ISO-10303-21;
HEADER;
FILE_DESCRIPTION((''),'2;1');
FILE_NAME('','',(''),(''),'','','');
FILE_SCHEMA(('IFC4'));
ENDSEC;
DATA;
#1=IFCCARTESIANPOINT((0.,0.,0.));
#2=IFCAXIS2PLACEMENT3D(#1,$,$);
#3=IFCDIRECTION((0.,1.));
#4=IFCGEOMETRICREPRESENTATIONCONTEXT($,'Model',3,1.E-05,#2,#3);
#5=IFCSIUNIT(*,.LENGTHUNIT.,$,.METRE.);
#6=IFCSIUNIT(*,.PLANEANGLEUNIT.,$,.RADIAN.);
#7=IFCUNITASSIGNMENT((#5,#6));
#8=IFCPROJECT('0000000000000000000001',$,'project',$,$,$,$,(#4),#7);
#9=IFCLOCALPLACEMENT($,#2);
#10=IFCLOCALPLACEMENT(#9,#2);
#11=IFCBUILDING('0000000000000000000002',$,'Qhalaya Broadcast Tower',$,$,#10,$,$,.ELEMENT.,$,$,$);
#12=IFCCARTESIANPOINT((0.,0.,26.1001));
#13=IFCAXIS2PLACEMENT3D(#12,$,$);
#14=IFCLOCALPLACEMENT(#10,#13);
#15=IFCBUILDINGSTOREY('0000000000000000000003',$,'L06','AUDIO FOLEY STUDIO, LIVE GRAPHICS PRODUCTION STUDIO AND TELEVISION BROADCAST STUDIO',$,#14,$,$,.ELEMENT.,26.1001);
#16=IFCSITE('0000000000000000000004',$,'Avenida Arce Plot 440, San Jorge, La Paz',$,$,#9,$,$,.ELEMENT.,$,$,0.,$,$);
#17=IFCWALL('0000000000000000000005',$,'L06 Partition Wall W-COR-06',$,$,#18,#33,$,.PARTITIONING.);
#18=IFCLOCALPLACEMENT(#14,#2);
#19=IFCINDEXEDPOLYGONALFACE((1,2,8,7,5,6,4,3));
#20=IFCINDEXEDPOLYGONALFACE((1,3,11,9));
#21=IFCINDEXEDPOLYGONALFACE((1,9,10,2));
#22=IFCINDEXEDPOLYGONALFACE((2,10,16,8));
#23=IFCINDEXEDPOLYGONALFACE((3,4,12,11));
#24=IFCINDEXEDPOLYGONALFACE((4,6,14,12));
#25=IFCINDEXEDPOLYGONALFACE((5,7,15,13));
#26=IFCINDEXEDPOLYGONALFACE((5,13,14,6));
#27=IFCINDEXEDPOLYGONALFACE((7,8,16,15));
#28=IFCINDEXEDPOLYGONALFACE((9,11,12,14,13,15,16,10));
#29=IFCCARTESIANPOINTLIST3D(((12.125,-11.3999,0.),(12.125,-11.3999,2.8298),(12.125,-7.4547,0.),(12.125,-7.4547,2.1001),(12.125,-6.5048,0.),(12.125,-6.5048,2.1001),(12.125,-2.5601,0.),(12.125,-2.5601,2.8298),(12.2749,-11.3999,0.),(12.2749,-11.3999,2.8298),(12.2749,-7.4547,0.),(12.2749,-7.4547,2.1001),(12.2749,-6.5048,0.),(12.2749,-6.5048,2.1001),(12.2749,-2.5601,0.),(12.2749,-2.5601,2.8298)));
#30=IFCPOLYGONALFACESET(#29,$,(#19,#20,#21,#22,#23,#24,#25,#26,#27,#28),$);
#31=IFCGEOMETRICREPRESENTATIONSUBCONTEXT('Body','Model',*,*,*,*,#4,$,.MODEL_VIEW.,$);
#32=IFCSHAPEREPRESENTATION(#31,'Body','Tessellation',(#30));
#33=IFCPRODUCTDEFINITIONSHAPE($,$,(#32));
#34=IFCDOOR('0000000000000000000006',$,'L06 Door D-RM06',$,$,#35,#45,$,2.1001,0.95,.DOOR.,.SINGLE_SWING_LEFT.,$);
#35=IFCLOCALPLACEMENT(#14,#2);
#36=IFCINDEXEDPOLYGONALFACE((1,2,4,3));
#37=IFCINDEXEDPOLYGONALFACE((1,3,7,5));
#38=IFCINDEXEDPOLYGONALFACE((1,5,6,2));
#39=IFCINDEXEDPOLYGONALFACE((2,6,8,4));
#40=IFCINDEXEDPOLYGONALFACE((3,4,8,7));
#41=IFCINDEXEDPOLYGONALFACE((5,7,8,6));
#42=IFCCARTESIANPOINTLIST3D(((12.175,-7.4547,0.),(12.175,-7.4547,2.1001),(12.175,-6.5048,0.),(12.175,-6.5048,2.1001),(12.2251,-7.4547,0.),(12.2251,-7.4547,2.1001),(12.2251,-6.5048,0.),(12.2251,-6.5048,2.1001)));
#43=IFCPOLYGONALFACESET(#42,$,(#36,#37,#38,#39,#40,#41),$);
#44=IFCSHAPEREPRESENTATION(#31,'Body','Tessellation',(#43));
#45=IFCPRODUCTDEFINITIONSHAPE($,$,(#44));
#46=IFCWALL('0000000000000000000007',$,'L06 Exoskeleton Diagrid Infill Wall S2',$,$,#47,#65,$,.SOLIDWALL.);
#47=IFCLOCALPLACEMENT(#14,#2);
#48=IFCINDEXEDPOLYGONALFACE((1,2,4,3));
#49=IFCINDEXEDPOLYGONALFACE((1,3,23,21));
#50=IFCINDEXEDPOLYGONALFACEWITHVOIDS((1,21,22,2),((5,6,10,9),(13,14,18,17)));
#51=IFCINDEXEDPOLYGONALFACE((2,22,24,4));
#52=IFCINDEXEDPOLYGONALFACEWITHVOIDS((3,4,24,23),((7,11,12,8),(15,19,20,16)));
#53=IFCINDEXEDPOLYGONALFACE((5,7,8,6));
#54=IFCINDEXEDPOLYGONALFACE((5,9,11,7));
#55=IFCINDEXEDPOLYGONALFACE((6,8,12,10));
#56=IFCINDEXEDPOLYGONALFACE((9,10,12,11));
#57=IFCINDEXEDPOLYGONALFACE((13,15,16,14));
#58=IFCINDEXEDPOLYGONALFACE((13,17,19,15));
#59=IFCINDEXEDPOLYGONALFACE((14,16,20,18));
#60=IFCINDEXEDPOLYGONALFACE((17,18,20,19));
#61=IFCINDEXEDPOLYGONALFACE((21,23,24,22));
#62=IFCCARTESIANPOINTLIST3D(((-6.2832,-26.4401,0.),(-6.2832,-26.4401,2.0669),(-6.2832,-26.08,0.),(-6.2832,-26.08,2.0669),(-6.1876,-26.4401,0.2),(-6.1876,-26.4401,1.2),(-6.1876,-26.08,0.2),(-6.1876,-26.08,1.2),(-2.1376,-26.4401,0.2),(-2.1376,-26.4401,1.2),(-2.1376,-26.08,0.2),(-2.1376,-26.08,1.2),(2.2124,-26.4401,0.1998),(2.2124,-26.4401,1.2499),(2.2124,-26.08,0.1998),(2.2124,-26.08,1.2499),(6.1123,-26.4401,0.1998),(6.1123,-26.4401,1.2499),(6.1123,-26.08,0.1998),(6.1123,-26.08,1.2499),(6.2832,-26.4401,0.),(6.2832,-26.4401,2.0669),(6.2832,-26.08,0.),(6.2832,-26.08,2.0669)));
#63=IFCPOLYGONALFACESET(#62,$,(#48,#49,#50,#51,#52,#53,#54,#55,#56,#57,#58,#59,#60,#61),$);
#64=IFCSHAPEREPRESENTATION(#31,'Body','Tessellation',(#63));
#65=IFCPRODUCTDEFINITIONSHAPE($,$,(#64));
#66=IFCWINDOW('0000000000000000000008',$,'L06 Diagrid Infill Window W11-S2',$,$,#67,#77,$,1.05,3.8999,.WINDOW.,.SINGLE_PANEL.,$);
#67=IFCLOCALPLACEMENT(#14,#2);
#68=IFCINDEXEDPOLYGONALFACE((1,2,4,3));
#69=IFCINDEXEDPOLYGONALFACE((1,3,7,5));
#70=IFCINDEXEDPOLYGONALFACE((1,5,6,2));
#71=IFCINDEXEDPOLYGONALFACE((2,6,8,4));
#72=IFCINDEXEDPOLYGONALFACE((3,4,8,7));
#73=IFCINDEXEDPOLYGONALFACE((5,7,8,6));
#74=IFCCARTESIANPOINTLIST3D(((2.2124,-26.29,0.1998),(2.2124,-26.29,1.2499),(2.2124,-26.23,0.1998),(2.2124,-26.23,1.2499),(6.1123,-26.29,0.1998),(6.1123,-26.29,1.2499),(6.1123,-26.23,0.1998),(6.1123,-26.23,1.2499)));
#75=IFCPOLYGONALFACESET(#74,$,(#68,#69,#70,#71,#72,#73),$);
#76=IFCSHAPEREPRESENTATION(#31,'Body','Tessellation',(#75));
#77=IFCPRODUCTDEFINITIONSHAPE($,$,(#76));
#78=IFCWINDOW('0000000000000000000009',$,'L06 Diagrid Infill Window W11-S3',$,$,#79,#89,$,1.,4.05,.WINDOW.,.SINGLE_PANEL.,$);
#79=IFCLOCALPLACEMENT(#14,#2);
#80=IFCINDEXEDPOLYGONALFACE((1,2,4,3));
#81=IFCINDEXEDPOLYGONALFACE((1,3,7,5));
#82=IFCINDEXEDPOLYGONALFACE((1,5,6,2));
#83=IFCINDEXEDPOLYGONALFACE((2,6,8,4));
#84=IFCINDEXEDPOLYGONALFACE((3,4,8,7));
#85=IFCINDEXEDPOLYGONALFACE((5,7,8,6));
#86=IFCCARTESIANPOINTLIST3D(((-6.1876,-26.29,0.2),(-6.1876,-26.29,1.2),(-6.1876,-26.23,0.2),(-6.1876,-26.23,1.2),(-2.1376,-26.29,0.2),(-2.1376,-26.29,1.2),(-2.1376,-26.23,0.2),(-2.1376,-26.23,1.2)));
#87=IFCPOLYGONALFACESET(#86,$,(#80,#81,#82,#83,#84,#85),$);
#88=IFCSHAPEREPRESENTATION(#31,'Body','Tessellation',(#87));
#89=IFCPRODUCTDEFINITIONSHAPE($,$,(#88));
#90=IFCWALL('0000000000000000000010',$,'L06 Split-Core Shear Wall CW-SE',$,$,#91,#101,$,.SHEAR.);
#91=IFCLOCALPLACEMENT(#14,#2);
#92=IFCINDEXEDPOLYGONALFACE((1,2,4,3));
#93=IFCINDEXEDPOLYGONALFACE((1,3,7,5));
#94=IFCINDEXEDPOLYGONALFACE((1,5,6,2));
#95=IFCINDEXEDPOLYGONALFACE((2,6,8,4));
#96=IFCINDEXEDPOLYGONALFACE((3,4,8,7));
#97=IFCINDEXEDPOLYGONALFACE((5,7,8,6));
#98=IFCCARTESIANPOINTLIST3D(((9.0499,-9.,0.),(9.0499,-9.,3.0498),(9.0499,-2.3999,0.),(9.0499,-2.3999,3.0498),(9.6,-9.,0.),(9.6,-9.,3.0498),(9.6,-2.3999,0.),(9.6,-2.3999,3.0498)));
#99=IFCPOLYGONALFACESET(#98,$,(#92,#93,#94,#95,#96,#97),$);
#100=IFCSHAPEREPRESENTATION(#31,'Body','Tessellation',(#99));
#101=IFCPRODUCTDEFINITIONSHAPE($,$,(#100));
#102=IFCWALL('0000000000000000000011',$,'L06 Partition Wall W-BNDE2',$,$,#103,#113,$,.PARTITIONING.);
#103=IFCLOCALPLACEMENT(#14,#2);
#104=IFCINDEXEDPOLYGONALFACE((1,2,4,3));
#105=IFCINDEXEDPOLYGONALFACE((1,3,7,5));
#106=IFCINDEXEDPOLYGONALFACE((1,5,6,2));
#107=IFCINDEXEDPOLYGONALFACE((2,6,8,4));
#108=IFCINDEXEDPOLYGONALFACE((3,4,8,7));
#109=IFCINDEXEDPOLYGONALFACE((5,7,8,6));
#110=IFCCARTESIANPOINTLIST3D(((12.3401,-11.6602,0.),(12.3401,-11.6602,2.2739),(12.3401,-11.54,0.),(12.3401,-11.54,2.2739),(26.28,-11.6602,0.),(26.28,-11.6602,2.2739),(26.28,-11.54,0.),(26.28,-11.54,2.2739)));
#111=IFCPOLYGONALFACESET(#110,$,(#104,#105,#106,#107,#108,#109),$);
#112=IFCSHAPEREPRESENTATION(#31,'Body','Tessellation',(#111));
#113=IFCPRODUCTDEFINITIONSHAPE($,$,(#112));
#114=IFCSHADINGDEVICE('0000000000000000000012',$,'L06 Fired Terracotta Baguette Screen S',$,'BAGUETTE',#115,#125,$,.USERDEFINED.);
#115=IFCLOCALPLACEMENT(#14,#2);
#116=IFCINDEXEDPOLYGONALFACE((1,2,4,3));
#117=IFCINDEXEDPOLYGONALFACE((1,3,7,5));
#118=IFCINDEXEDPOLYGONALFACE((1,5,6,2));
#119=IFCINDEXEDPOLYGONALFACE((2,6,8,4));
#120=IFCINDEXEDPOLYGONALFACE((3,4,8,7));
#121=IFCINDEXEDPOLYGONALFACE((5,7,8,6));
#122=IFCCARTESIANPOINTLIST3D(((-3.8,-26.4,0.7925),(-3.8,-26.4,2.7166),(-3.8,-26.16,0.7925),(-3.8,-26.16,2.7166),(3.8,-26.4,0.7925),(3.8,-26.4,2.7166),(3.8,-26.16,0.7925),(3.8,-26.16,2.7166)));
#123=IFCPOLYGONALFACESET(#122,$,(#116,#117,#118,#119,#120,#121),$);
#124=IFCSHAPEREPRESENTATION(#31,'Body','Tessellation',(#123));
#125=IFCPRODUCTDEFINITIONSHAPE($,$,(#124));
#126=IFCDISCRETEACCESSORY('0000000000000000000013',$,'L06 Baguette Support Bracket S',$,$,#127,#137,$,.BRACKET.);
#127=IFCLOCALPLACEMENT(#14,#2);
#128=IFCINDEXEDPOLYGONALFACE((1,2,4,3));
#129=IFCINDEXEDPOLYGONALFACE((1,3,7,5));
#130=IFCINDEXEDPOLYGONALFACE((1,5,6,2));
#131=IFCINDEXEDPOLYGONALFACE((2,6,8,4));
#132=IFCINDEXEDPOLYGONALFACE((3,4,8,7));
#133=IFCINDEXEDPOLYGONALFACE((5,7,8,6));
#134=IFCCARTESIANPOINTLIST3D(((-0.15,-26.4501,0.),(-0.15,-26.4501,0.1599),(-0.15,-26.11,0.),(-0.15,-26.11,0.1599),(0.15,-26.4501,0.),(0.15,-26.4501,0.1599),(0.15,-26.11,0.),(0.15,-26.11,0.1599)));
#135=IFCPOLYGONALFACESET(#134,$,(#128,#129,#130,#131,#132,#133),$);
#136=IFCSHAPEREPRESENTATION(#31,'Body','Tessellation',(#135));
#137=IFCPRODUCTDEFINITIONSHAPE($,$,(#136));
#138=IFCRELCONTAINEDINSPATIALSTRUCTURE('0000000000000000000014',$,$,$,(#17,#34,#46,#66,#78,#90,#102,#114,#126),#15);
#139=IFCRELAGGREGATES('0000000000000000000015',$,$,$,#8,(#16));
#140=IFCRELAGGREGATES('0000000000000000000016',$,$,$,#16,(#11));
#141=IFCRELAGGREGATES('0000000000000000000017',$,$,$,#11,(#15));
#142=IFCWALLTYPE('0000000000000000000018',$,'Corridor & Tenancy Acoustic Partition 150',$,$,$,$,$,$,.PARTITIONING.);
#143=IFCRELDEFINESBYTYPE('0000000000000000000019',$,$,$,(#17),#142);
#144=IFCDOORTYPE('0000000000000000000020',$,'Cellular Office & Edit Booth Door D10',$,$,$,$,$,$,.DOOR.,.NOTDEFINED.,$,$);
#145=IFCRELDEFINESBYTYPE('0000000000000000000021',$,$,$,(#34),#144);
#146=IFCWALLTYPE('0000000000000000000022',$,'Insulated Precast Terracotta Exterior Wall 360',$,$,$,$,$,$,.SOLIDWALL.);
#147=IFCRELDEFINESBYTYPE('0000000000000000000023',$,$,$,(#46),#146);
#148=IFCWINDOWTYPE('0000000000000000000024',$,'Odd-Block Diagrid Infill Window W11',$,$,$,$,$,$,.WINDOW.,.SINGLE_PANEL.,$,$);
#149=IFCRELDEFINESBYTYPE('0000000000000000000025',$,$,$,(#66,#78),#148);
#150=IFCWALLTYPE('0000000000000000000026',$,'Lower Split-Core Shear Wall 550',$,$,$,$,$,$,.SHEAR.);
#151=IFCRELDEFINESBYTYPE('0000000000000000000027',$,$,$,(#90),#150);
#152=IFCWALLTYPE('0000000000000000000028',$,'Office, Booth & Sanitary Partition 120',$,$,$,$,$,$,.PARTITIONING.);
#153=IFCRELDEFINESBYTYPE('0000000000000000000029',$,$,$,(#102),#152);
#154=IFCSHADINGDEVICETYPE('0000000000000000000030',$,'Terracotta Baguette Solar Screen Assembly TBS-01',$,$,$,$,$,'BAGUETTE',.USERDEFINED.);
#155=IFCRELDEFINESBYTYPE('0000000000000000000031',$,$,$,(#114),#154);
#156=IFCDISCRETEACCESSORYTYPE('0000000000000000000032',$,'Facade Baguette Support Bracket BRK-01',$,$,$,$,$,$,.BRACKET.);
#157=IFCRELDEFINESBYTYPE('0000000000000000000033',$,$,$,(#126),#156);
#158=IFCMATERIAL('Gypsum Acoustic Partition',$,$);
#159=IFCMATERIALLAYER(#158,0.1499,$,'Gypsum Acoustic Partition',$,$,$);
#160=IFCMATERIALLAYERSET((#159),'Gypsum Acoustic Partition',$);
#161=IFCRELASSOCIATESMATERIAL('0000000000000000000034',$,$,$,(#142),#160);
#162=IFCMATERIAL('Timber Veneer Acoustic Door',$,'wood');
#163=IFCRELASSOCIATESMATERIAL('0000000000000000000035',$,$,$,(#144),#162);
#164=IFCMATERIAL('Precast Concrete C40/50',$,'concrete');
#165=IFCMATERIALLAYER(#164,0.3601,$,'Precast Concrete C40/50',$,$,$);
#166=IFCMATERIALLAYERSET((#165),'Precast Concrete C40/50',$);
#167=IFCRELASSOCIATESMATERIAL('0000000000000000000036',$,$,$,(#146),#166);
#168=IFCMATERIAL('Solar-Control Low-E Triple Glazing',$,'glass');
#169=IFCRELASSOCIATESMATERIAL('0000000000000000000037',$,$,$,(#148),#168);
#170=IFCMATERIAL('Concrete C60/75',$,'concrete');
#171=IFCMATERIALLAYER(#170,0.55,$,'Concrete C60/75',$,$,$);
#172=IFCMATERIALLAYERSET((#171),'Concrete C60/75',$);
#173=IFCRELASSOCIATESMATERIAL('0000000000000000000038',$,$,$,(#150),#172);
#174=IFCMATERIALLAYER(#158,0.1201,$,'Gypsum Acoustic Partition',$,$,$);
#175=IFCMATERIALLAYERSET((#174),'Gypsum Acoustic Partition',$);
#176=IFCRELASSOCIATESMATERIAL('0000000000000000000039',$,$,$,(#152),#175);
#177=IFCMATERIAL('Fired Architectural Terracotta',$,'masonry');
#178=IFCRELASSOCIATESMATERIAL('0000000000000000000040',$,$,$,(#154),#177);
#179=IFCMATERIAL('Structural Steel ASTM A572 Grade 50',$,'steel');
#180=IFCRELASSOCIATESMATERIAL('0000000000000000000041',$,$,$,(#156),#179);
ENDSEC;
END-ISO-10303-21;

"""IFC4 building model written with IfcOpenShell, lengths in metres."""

from ifc_helpers import new_model, si_unit, direction, frame, frame_2d, origin, origin_2d, place, context, subcontext, project, spatial, rectangle, extrude, material, layer, layer_set, type_object, element, fill, save


model = new_model("IFC4")

# Units and contexts
model_context = context("Model", 3, precision=1e-05, world=origin(), true_north=direction((0.0, 1.0)))
body_context = subcontext(model_context, "Body", "Model", "MODEL_VIEW")
ifc_project = project(units=[si_unit("LENGTHUNIT", "METRE"), si_unit("PLANEANGLEUNIT", "RADIAN")], contexts=[model_context])

# Site, building, storey
site_placement = place(None, origin())
site = spatial("IfcSite", under=ifc_project, at=site_placement, Name="Avenida Arce Plot 440, San Jorge, La Paz", CompositionType="ELEMENT", RefElevation=0.0)
building_placement = place(site_placement, origin())
building = spatial("IfcBuilding", under=site, at=building_placement, Name="Qhalaya Broadcast Tower", CompositionType="ELEMENT")
storey_placement = place(building_placement, frame((0.0, 0.0, 26.1001)))
storey = spatial("IfcBuildingStorey", under=building, at=storey_placement, Name="L06", Description="AUDIO FOLEY STUDIO, LIVE GRAPHICS PRODUCTION STUDIO AND TELEVISION BROADCAST STUDIO", CompositionType="ELEMENT", Elevation=26.1001)

# Shared definitions
ifc_material_1 = material(Name="Structural Steel ASTM A572 Grade 50", Category="steel")

# Wall, opening, door
ifc_material_2 = material(Name="Gypsum Acoustic Partition")
ifc_layer_1 = layer(ifc_material_2, 0.1499, Name="Gypsum Acoustic Partition")
ifc_layer_set_1 = layer_set([ifc_layer_1], Name="Gypsum Acoustic Partition")
wall_type_1 = type_object("IfcWallType", Name="Corridor & Tenancy Acoustic Partition 150", PredefinedType="PARTITIONING", material=ifc_layer_set_1)
wall_1_placement = place(storey_placement, frame((12.2, -11.3999, 0.0), z_axis=(0.0, 0.0, 1.0), x_axis=(0.0, 1.0, 0.0)))
wall_1 = element("IfcWall", 1, at=wall_1_placement, inside=storey, type_object=wall_type_1, Name="L06 Partition Wall W-COR-06", PredefinedType="PARTITIONING", context=body_context, shape_type="SweptSolid", body=[
    extrude(rectangle(XDim=8.8398, YDim=0.1499, at=frame_2d((4.4199, 0.0))), origin(), (0.0, 0.0, 1.0), 2.8298),
])
opening_1_placement = place(wall_1_placement, frame((3.9451, 0.0, 0.0)))
opening_1 = element("IfcOpeningElement", 2, at=opening_1_placement, cuts=wall_1, PredefinedType="OPENING", context=body_context, shape_type="SweptSolid", body=[
    extrude(rectangle(XDim=0.95, YDim=2.1001, at=frame_2d((0.4751, 1.05))), frame((0.0, 0.0869, 0.0), z_axis=(0.0, -1.0, 0.0), x_axis=(1.0, 0.0, 0.0)), (0.0, 0.0, 1.0), 0.1738),
])
ifc_material_3 = material(Name="Timber Veneer Acoustic Door", Category="wood")
door_type = type_object("IfcDoorType", Name="Cellular Office & Edit Booth Door D10", OperationType="NOTDEFINED", PredefinedType="DOOR", material=ifc_material_3)
door_placement = place(opening_1_placement, origin())
door = element("IfcDoor", 3, at=door_placement, inside=storey, type_object=door_type, Name="L06 Door D-RM06", OperationType="SINGLE_SWING_LEFT", OverallHeight=2.1001, OverallWidth=0.95, PredefinedType="DOOR", context=body_context, shape_type="SweptSolid", body=[
    extrude(rectangle(XDim=0.95, YDim=2.1001, at=frame_2d((0.4751, 1.05))), frame((0.0, 0.0249, 0.0), z_axis=(0.0, -1.0, 0.0), x_axis=(1.0, 0.0, 0.0)), (0.0, 0.0, 1.0), 0.05),
])
fill(opening_1, door)

# Wall, openings, windows
ifc_material_4 = material(Name="Precast Concrete C40/50", Category="concrete")
ifc_layer_2 = layer(ifc_material_4, 0.3601, Name="Precast Concrete C40/50")
ifc_layer_set_2 = layer_set([ifc_layer_2], Name="Precast Concrete C40/50")
wall_type_2 = type_object("IfcWallType", Name="Insulated Precast Terracotta Exterior Wall 360", PredefinedType="SOLIDWALL", material=ifc_layer_set_2)
wall_2_placement = place(storey_placement, frame((6.2832, -26.26, 0.0), z_axis=(0.0, 0.0, 1.0), x_axis=(-1.0, 0.0, 0.0)))
wall_2 = element("IfcWall", 4, at=wall_2_placement, inside=storey, type_object=wall_type_2, Name="L06 Exoskeleton Diagrid Infill Wall S2", PredefinedType="SOLIDWALL", context=body_context, shape_type="SweptSolid", body=[
    extrude(rectangle(XDim=12.5664, YDim=0.3601, at=frame_2d((6.2832, 0.0))), origin(), (0.0, 0.0, 1.0), 2.0669),
])
opening_2_placement = place(wall_2_placement, frame((0.1709, 0.0, 0.2)))
opening_2 = element("IfcOpeningElement", 5, at=opening_2_placement, cuts=wall_2, PredefinedType="OPENING", context=body_context, shape_type="SweptSolid", body=[
    extrude(rectangle(XDim=3.8999, YDim=1.05, at=frame_2d((1.95, 0.5249))), frame((0.0, 0.1921, 0.0), z_axis=(0.0, -1.0, 0.0), x_axis=(1.0, 0.0, 0.0)), (0.0, 0.0, 1.0), 0.384),
])
opening_3_placement = place(wall_2_placement, frame((8.4209, 0.0, 0.2)))
opening_3 = element("IfcOpeningElement", 6, at=opening_3_placement, cuts=wall_2, PredefinedType="OPENING", context=body_context, shape_type="SweptSolid", body=[
    extrude(rectangle(XDim=4.05, YDim=1.0, at=frame_2d((2.0249, 0.5))), frame((0.0, 0.1921, 0.0), z_axis=(0.0, -1.0, 0.0), x_axis=(1.0, 0.0, 0.0)), (0.0, 0.0, 1.0), 0.384),
])
ifc_material_5 = material(Name="Solar-Control Low-E Triple Glazing", Category="glass")
window_type = type_object("IfcWindowType", Name="Odd-Block Diagrid Infill Window W11", PartitioningType="SINGLE_PANEL", PredefinedType="WINDOW", material=ifc_material_5)
window_1_placement = place(opening_2_placement, origin())
window_1 = element("IfcWindow", 7, at=window_1_placement, inside=storey, type_object=window_type, Name="L06 Diagrid Infill Window W11-S2", OverallHeight=1.05, OverallWidth=3.8999, PartitioningType="SINGLE_PANEL", PredefinedType="WINDOW", context=body_context, shape_type="SweptSolid", body=[
    extrude(rectangle(XDim=3.8999, YDim=1.05, at=frame_2d((1.95, 0.5249))), frame((0.0, 0.03, 0.0), z_axis=(0.0, -1.0, 0.0), x_axis=(1.0, 0.0, 0.0)), (0.0, 0.0, 1.0), 0.0601),
])
fill(opening_2, window_1)
window_2_placement = place(opening_3_placement, origin())
window_2 = element("IfcWindow", 8, at=window_2_placement, inside=storey, type_object=window_type, Name="L06 Diagrid Infill Window W11-S3", OverallHeight=1.0, OverallWidth=4.05, PartitioningType="SINGLE_PANEL", PredefinedType="WINDOW", context=body_context, shape_type="SweptSolid", body=[
    extrude(rectangle(XDim=4.05, YDim=1.0, at=frame_2d((2.0249, 0.5))), frame((0.0, 0.03, 0.0), z_axis=(0.0, -1.0, 0.0), x_axis=(1.0, 0.0, 0.0)), (0.0, 0.0, 1.0), 0.0601),
])
fill(opening_3, window_2)

# Walls
ifc_material_6 = material(Name="Concrete C60/75", Category="concrete")
ifc_layer_3 = layer(ifc_material_6, 0.55, Name="Concrete C60/75")
ifc_layer_set_3 = layer_set([ifc_layer_3], Name="Concrete C60/75")
wall_type_3 = type_object("IfcWallType", Name="Lower Split-Core Shear Wall 550", PredefinedType="SHEAR", material=ifc_layer_set_3)
wall_3_placement = place(storey_placement, frame((9.325, -9.0, 0.0), z_axis=(0.0, 0.0, 1.0), x_axis=(0.0, 1.0, 0.0)))
element("IfcWall", 9, at=wall_3_placement, inside=storey, type_object=wall_type_3, Name="L06 Split-Core Shear Wall CW-SE", PredefinedType="SHEAR", context=body_context, shape_type="SweptSolid", body=[
    extrude(rectangle(XDim=6.6001, YDim=0.55, at=frame_2d((3.3, 0.0))), origin(), (0.0, 0.0, 1.0), 3.0498),
])
ifc_layer_4 = layer(ifc_material_2, 0.1201, Name="Gypsum Acoustic Partition")
ifc_layer_set_4 = layer_set([ifc_layer_4], Name="Gypsum Acoustic Partition")
wall_type_4 = type_object("IfcWallType", Name="Office, Booth & Sanitary Partition 120", PredefinedType="PARTITIONING", material=ifc_layer_set_4)
wall_4_placement = place(storey_placement, frame((12.3401, -11.6001, 0.0), z_axis=(0.0, 0.0, 1.0), x_axis=(1.0, 0.0, 0.0)))
element("IfcWall", 10, at=wall_4_placement, inside=storey, type_object=wall_type_4, Name="L06 Partition Wall W-BNDE2", PredefinedType="PARTITIONING", context=body_context, shape_type="SweptSolid", body=[
    extrude(rectangle(XDim=13.9399, YDim=0.1201, at=frame_2d((6.97, 0.0))), origin(), (0.0, 0.0, 1.0), 2.2739),
])

# Shading device
ifc_material_7 = material(Name="Fired Architectural Terracotta", Category="masonry")
shading_device_type = type_object("IfcShadingDeviceType", Name="Terracotta Baguette Solar Screen Assembly TBS-01", ElementType="BAGUETTE", PredefinedType="USERDEFINED", material=ifc_material_7)
shading_device_placement = place(storey_placement, frame((0.0, -26.28, 0.7925), z_axis=(0.0, 0.0, 1.0), x_axis=(1.0, 0.0, 0.0)))
element("IfcShadingDevice", 11, at=shading_device_placement, inside=storey, type_object=shading_device_type, Name="L06 Fired Terracotta Baguette Screen S", ObjectType="BAGUETTE", PredefinedType="USERDEFINED", context=body_context, shape_type="SweptSolid", body=[
    extrude(rectangle(XDim=7.6001, YDim=0.24, at=origin_2d()), origin(), (0.0, 0.0, 1.0), 1.9241),
])

# Discrete accessory
discrete_accessory_type = type_object("IfcDiscreteAccessoryType", Name="Facade Baguette Support Bracket BRK-01", PredefinedType="BRACKET", material=ifc_material_1)
discrete_accessory_placement = place(storey_placement, frame((0.0, -26.28, 0.0), z_axis=(0.0, 0.0, 1.0), x_axis=(1.0, 0.0, 0.0)))
element("IfcDiscreteAccessory", 12, at=discrete_accessory_placement, inside=storey, type_object=discrete_accessory_type, Name="L06 Baguette Support Bracket S", PredefinedType="BRACKET", context=body_context, shape_type="SweptSolid", body=[
    extrude(rectangle(XDim=0.3, YDim=0.3401, at=origin_2d()), origin(), (0.0, 0.0, 1.0), 0.1599),
])

save(model, "model.ifc")
